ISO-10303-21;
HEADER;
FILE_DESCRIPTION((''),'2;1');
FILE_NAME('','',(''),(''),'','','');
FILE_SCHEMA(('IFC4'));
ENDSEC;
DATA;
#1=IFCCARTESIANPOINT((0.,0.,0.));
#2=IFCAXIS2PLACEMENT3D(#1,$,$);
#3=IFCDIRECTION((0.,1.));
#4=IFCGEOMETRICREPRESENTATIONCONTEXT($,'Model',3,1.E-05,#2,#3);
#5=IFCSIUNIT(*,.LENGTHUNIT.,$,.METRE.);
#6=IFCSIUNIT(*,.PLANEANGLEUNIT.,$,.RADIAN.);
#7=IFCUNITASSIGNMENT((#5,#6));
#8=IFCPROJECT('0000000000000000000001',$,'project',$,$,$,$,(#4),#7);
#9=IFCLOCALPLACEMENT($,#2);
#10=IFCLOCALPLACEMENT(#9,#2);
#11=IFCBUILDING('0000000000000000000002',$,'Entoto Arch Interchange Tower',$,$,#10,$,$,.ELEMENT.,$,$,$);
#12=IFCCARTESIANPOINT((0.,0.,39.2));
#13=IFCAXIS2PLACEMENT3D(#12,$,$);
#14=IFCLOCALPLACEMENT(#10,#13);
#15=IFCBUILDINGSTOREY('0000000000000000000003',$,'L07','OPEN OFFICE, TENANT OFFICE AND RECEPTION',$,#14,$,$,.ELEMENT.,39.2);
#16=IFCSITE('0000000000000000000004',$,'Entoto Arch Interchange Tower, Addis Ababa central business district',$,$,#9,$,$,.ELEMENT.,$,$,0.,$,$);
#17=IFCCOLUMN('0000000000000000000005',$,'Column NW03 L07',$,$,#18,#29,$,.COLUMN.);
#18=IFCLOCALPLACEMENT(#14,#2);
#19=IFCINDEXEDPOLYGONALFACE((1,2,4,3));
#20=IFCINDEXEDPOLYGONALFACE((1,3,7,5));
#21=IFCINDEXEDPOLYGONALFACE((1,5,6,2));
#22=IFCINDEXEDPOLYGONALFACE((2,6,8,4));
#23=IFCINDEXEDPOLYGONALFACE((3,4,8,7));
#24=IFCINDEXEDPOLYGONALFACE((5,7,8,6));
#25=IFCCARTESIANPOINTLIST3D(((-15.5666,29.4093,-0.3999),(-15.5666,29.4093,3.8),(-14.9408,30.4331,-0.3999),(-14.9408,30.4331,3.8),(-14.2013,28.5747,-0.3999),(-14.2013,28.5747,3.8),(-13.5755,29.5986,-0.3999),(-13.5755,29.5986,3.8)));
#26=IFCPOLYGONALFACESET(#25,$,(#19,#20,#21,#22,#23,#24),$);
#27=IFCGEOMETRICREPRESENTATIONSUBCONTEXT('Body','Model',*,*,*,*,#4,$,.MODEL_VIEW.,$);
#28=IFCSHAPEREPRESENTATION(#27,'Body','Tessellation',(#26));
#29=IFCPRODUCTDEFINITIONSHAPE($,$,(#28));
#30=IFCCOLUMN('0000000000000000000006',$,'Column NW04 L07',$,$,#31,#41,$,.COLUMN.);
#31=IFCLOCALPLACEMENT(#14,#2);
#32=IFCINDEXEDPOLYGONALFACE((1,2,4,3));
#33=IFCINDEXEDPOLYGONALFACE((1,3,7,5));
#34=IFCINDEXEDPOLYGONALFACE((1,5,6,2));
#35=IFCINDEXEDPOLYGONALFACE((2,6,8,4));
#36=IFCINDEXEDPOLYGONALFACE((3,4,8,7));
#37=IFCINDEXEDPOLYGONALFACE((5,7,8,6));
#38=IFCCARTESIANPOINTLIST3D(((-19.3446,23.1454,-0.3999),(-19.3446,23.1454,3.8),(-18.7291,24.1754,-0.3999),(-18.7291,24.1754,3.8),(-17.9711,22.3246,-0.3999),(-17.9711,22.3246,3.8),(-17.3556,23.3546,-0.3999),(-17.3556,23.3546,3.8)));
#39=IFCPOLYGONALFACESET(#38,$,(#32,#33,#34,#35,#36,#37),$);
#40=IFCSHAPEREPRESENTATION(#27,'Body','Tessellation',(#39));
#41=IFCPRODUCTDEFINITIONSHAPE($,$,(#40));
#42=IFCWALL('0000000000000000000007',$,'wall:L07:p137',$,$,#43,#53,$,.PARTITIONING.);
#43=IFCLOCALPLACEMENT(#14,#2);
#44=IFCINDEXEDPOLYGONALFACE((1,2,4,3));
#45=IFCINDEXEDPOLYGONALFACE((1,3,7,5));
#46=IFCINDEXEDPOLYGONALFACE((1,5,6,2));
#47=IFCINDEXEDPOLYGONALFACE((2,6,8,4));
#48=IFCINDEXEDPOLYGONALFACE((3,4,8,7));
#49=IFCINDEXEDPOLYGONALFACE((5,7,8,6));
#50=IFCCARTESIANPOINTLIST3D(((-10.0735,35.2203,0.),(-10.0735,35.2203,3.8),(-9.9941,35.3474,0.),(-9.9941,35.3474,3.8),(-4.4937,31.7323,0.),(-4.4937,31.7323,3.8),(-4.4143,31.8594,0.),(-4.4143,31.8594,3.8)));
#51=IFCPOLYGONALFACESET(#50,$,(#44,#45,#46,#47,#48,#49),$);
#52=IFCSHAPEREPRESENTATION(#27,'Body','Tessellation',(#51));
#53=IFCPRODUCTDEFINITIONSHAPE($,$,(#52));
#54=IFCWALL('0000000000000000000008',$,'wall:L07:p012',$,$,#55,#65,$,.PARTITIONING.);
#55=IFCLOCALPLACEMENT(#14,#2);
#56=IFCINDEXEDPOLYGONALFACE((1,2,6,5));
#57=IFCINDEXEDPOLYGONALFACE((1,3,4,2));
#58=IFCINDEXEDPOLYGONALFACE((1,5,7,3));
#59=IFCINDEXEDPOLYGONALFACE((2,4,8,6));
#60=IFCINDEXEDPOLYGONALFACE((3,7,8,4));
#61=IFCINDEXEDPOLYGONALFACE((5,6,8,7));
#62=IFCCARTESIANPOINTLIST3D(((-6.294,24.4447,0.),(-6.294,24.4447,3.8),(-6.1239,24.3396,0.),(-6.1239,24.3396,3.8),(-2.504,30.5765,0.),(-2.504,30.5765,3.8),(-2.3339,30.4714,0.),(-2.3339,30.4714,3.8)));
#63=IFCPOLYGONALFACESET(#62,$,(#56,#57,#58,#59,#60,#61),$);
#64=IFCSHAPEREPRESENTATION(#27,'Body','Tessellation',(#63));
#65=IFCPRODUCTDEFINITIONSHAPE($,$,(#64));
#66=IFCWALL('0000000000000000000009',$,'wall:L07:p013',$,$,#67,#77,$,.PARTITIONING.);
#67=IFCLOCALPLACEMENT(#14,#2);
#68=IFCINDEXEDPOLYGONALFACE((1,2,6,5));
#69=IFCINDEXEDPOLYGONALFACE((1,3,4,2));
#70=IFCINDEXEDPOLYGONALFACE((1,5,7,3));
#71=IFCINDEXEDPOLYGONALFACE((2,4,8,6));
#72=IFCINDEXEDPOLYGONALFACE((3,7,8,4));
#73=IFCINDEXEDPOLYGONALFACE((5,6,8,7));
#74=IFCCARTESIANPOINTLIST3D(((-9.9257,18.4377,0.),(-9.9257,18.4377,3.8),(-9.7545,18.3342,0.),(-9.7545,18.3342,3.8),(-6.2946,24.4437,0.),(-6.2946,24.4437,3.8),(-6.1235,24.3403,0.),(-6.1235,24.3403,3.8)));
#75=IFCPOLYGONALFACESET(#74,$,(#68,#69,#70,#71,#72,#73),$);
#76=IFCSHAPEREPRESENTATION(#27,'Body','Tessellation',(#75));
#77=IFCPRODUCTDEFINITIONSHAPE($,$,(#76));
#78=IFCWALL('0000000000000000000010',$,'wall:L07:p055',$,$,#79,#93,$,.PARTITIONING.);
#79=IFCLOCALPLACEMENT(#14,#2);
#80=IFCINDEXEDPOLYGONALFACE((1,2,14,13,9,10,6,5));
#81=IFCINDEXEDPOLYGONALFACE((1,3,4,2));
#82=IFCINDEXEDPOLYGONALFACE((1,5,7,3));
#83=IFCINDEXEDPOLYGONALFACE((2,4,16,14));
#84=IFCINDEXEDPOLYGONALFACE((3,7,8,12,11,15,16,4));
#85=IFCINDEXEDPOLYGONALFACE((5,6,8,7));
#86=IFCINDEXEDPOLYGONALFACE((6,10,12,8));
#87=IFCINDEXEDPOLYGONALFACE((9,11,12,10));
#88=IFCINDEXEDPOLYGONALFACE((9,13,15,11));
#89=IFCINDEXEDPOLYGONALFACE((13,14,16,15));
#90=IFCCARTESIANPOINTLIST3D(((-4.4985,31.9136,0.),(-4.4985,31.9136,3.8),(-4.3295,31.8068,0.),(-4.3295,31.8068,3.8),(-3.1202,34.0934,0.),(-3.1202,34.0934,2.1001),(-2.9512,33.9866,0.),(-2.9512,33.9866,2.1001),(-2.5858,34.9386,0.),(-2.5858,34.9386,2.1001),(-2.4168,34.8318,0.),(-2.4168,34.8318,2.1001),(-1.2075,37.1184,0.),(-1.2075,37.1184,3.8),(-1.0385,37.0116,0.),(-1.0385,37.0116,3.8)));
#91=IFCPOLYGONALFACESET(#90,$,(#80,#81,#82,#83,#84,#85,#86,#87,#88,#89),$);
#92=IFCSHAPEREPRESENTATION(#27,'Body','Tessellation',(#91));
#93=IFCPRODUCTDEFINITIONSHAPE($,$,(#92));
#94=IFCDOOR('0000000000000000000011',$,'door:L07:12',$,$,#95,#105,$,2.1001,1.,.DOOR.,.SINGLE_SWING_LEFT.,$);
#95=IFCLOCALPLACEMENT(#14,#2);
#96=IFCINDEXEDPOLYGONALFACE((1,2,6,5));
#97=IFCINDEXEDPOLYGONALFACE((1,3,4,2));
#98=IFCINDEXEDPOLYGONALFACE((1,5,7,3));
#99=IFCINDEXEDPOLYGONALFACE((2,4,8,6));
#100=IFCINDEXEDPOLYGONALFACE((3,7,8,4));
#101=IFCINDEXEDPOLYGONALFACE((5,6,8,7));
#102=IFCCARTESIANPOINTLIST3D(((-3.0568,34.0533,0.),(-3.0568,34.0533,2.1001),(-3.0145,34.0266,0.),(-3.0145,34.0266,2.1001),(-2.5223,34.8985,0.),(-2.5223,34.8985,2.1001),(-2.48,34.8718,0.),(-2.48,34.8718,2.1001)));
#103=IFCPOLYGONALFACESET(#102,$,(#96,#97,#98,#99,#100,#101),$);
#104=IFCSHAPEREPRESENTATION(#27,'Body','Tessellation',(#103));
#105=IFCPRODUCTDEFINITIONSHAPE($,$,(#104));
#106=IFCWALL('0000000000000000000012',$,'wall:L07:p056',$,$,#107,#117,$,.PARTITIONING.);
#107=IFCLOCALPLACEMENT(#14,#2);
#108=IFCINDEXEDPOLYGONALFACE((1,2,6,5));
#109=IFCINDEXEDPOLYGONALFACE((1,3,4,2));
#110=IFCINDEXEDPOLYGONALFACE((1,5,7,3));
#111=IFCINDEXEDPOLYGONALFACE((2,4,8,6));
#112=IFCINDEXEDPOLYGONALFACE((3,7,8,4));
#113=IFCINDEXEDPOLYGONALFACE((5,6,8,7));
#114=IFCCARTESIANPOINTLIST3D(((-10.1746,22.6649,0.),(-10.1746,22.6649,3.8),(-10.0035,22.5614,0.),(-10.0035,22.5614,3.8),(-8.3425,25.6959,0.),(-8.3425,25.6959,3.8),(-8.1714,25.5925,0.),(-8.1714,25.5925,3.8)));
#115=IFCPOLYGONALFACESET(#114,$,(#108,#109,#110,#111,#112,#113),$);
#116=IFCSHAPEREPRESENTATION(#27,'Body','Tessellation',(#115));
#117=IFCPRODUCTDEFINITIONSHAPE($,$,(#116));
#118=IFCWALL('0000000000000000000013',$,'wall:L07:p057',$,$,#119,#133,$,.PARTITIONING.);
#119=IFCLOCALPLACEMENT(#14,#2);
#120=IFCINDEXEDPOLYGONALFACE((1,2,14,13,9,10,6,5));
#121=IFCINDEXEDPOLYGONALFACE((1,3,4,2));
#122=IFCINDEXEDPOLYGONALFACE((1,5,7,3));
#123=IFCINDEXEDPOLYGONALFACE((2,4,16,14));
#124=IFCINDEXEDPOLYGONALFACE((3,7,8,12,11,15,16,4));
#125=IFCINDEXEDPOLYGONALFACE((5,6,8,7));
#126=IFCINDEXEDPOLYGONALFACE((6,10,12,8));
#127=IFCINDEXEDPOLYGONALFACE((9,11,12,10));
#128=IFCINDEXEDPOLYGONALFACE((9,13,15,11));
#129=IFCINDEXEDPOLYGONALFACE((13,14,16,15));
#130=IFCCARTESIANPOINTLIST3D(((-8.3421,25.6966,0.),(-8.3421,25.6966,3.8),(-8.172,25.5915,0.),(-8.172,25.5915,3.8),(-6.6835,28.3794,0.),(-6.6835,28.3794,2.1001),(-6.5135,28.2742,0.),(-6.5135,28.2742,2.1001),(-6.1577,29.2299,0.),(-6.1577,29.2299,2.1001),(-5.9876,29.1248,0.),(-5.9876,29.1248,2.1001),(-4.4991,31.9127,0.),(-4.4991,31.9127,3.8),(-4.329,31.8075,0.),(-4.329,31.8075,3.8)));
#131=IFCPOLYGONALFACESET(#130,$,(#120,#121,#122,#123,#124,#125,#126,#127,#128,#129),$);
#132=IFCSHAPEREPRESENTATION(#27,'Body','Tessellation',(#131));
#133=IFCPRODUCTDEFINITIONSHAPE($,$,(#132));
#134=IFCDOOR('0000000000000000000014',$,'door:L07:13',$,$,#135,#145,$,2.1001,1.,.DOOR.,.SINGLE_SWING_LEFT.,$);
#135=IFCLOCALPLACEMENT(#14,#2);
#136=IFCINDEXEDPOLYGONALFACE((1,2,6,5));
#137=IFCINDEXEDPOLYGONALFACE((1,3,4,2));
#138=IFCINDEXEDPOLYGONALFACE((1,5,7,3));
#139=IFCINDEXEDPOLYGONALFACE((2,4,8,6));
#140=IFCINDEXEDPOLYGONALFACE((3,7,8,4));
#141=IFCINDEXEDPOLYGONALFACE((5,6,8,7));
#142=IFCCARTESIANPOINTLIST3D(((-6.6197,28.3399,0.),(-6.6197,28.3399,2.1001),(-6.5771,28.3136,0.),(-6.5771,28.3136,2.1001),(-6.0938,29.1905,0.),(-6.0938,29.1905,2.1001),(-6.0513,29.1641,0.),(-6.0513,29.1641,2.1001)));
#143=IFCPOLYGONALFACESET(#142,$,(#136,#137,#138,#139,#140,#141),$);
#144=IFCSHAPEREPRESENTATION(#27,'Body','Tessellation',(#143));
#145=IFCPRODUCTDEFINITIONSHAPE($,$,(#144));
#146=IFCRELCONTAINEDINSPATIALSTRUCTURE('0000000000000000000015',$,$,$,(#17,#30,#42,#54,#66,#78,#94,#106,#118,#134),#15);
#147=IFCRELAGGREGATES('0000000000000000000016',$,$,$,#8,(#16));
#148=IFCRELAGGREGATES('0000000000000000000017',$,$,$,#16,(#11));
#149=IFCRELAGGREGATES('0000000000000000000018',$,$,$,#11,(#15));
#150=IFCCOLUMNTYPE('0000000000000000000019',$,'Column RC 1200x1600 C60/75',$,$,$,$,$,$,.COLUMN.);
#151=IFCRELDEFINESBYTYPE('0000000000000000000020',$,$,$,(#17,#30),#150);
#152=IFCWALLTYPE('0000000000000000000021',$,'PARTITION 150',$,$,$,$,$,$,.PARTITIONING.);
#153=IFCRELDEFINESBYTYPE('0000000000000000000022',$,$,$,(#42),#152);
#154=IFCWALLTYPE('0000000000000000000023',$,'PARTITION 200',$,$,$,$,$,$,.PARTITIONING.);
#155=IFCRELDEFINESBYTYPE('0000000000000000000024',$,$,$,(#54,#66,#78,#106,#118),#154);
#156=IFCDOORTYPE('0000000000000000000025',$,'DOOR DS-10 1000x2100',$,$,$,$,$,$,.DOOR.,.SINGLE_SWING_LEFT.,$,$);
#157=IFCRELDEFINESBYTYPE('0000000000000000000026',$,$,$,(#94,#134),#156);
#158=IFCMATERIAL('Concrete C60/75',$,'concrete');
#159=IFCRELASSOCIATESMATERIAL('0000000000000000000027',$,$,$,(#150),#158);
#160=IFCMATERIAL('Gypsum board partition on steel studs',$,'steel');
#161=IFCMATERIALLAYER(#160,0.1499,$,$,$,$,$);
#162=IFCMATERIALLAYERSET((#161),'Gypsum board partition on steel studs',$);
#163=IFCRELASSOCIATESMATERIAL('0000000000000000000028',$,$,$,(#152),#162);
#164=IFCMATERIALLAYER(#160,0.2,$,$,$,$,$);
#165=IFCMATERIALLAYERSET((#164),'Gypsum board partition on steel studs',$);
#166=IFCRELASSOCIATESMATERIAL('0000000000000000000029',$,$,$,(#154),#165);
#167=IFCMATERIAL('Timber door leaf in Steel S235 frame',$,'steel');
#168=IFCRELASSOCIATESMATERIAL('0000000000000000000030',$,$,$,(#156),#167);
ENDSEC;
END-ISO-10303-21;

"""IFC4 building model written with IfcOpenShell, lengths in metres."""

from ifc_helpers import new_model, si_unit, direction, frame, frame_2d, origin, origin_2d, place, context, subcontext, project, spatial, rectangle, extrude, material, layer, layer_set, material_profile, profile_set, type_object, element, fill, save


model = new_model("IFC4")

# Units and contexts
model_context = context("Model", 3, precision=1e-05, world=origin(), true_north=direction((0.0, 1.0)))
body_context = subcontext(model_context, "Body", "Model", "MODEL_VIEW")
ifc_project = project(units=[si_unit("LENGTHUNIT", "METRE"), si_unit("PLANEANGLEUNIT", "RADIAN")], contexts=[model_context])

# Site, building, storey
site_placement = place(None, origin())
site = spatial("IfcSite", under=ifc_project, at=site_placement, Name="Entoto Arch Interchange Tower, Addis Ababa central business district", CompositionType="ELEMENT", RefElevation=0.0)
building_placement = place(site_placement, origin())
building = spatial("IfcBuilding", under=site, at=building_placement, Name="Entoto Arch Interchange Tower", CompositionType="ELEMENT")
storey_placement = place(building_placement, frame((0.0, 0.0, 39.2)))
storey = spatial("IfcBuildingStorey", under=building, at=storey_placement, Name="L07", Description="OPEN OFFICE, TENANT OFFICE AND RECEPTION", CompositionType="ELEMENT", Elevation=39.2)

# Columns
ifc_material_1 = material(Name="Concrete C60/75", Category="concrete")
ifc_material_profile = material_profile(ifc_material_1, rectangle(XDim=1.2, YDim=1.6001, at=origin_2d()))
ifc_profile_set = profile_set([ifc_material_profile], Name="Concrete C60/75")
column_type = type_object("IfcColumnType", Name="Column RC 1200x1600 C60/75", PredefinedType="COLUMN", material=ifc_profile_set)
for number, where, z_axis, x_axis, name in (
    (1, (-14.571, 29.5039, -0.3999), (0.0, 0.0, 1.0), (0.521546, 0.853223, 0.0), "Column NW03 L07"),
    (2, (-18.3501, 23.25, -0.3999), (0.0, 0.0, 1.0), (0.512972, 0.858405, 0.0), "Column NW04 L07"),
):
    element("IfcColumn", number, at=place(storey_placement, frame(where, z_axis=z_axis, x_axis=x_axis)), inside=storey, type_object=column_type, Name=name, PredefinedType="COLUMN", context=body_context, shape_type="SweptSolid", body=[
        extrude(rectangle(XDim=1.2, YDim=1.6001, at=origin_2d()), origin(), (0.0, 0.0, 1.0), 4.2),
    ])

# Walls
ifc_material_2 = material(Name="Gypsum board partition on steel studs", Category="steel")
ifc_layer_1 = layer(ifc_material_2, 0.1499)
ifc_layer_set_1 = layer_set([ifc_layer_1], Name="Gypsum board partition on steel studs")
wall_type_1 = type_object("IfcWallType", Name="PARTITION 150", PredefinedType="PARTITIONING", material=ifc_layer_set_1)
wall_1_placement = place(storey_placement, frame((-4.4541, 31.7959, 0.0), z_axis=(0.0, 0.0, 1.0), x_axis=(-0.847955, 0.530069, 0.0)))
element("IfcWall", 3, at=wall_1_placement, inside=storey, type_object=wall_type_1, Name="wall:L07:p137", PredefinedType="PARTITIONING", context=body_context, shape_type="SweptSolid", body=[
    extrude(rectangle(XDim=6.5803, YDim=0.1499, at=frame_2d((3.29, 0.0))), origin(), (0.0, 0.0, 1.0), 3.8),
])
ifc_layer_2 = layer(ifc_material_2, 0.2)
ifc_layer_set_2 = layer_set([ifc_layer_2], Name="Gypsum board partition on steel studs")
wall_type_2 = type_object("IfcWallType", Name="PARTITION 200", PredefinedType="PARTITIONING", material=ifc_layer_set_2)
wall_2_placement = place(storey_placement, frame((-2.4189, 30.5239, 0.0), z_axis=(0.0, 0.0, 1.0), x_axis=(-0.525767, -0.850629, 0.0)))
element("IfcWall", 4, at=wall_2_placement, inside=storey, type_object=wall_type_2, Name="wall:L07:p012", PredefinedType="PARTITIONING", context=body_context, shape_type="SweptSolid", body=[
    extrude(rectangle(XDim=7.2085, YDim=0.2, at=frame_2d((3.6042, 0.0))), origin(), (0.0, 0.0, 1.0), 3.8),
])
wall_3_placement = place(storey_placement, frame((-6.209, 24.3921, 0.0), z_axis=(0.0, 0.0, 1.0), x_axis=(-0.517368, -0.855763, 0.0)))
element("IfcWall", 5, at=wall_3_placement, inside=storey, type_object=wall_type_2, Name="wall:L07:p013", PredefinedType="PARTITIONING", context=body_context, shape_type="SweptSolid", body=[
    extrude(rectangle(XDim=7.0183, YDim=0.2, at=frame_2d((3.5093, 0.0))), origin(), (0.0, 0.0, 1.0), 3.8),
])

# Wall, opening, door
wall_4_placement = place(storey_placement, frame((-4.4141, 31.8601, 0.0), z_axis=(0.0, 0.0, 1.0), x_axis=(0.534428, 0.845214, 0.0)))
wall_4 = element("IfcWall", 6, at=wall_4_placement, inside=storey, type_object=wall_type_2, Name="wall:L07:p055", PredefinedType="PARTITIONING", context=body_context, shape_type="SweptSolid", body=[
    extrude(rectangle(XDim=6.158, YDim=0.2, at=frame_2d((3.0791, 0.0))), origin(), (0.0, 0.0, 1.0), 3.8),
])
opening_1_placement = place(wall_4_placement, frame((2.5791, 0.0, 0.0)))
opening_1 = element("IfcOpeningElement", 7, at=opening_1_placement, cuts=wall_4, PredefinedType="OPENING", context=body_context, shape_type="SweptSolid", body=[
    extrude(rectangle(XDim=1.0, YDim=2.1001, at=frame_2d((0.5, 1.05))), frame((0.0, 0.1099, 0.0), z_axis=(0.0, -1.0, 0.0), x_axis=(1.0, 0.0, 0.0)), (0.0, 0.0, 1.0), 0.22),
])
ifc_material_3 = material(Name="Timber door leaf in Steel S235 frame", Category="steel")
door_type = type_object("IfcDoorType", Name="DOOR DS-10 1000x2100", OperationType="SINGLE_SWING_LEFT", PredefinedType="DOOR", material=ifc_material_3)
door_1_placement = place(opening_1_placement, origin())
door_1 = element("IfcDoor", 8, at=door_1_placement, inside=storey, type_object=door_type, Name="door:L07:12", OperationType="SINGLE_SWING_LEFT", OverallHeight=2.1001, OverallWidth=1.0, PredefinedType="DOOR", context=body_context, shape_type="SweptSolid", body=[
    extrude(rectangle(XDim=1.0, YDim=2.1001, at=frame_2d((0.5, 1.05))), frame((0.0, 0.0249, 0.0), z_axis=(0.0, -1.0, 0.0), x_axis=(1.0, 0.0, 0.0)), (0.0, 0.0, 1.0), 0.05),
])
fill(opening_1, door_1)

# Wall
wall_5_placement = place(storey_placement, frame((-10.0891, 22.613, 0.0), z_axis=(0.0, 0.0, 1.0), x_axis=(0.517281, 0.855816, 0.0)))
element("IfcWall", 9, at=wall_5_placement, inside=storey, type_object=wall_type_2, Name="wall:L07:p056", PredefinedType="PARTITIONING", context=body_context, shape_type="SweptSolid", body=[
    extrude(rectangle(XDim=3.5417, YDim=0.2, at=frame_2d((1.771, 0.0))), origin(), (0.0, 0.0, 1.0), 3.8),
])

# Wall, opening, door
wall_6_placement = place(storey_placement, frame((-8.2571, 25.644, 0.0), z_axis=(0.0, 0.0, 1.0), x_axis=(0.525858, 0.850573, 0.0)))
wall_6 = element("IfcWall", 10, at=wall_6_placement, inside=storey, type_object=wall_type_2, Name="wall:L07:p057", PredefinedType="PARTITIONING", context=body_context, shape_type="SweptSolid", body=[
    extrude(rectangle(XDim=7.3081, YDim=0.2, at=frame_2d((3.6541, 0.0))), origin(), (0.0, 0.0, 1.0), 3.8),
])
opening_2_placement = place(wall_6_placement, frame((3.1541, 0.0, 0.0)))
opening_2 = element("IfcOpeningElement", 11, at=opening_2_placement, cuts=wall_6, PredefinedType="OPENING", context=body_context, shape_type="SweptSolid", body=[
    extrude(rectangle(XDim=1.0, YDim=2.1001, at=frame_2d((0.5, 1.05))), frame((0.0, 0.1099, 0.0), z_axis=(0.0, -1.0, 0.0), x_axis=(1.0, 0.0, 0.0)), (0.0, 0.0, 1.0), 0.22),
])
door_2_placement = place(opening_2_placement, origin())
door_2 = element("IfcDoor", 12, at=door_2_placement, inside=storey, type_object=door_type, Name="door:L07:13", OperationType="SINGLE_SWING_LEFT", OverallHeight=2.1001, OverallWidth=1.0, PredefinedType="DOOR", context=body_context, shape_type="SweptSolid", body=[
    extrude(rectangle(XDim=1.0, YDim=2.1001, at=frame_2d((0.5, 1.05))), frame((0.0, 0.0249, 0.0), z_axis=(0.0, -1.0, 0.0), x_axis=(1.0, 0.0, 0.0)), (0.0, 0.0, 1.0), 0.05),
])
fill(opening_2, door_2)

save(model, "model.ifc")
